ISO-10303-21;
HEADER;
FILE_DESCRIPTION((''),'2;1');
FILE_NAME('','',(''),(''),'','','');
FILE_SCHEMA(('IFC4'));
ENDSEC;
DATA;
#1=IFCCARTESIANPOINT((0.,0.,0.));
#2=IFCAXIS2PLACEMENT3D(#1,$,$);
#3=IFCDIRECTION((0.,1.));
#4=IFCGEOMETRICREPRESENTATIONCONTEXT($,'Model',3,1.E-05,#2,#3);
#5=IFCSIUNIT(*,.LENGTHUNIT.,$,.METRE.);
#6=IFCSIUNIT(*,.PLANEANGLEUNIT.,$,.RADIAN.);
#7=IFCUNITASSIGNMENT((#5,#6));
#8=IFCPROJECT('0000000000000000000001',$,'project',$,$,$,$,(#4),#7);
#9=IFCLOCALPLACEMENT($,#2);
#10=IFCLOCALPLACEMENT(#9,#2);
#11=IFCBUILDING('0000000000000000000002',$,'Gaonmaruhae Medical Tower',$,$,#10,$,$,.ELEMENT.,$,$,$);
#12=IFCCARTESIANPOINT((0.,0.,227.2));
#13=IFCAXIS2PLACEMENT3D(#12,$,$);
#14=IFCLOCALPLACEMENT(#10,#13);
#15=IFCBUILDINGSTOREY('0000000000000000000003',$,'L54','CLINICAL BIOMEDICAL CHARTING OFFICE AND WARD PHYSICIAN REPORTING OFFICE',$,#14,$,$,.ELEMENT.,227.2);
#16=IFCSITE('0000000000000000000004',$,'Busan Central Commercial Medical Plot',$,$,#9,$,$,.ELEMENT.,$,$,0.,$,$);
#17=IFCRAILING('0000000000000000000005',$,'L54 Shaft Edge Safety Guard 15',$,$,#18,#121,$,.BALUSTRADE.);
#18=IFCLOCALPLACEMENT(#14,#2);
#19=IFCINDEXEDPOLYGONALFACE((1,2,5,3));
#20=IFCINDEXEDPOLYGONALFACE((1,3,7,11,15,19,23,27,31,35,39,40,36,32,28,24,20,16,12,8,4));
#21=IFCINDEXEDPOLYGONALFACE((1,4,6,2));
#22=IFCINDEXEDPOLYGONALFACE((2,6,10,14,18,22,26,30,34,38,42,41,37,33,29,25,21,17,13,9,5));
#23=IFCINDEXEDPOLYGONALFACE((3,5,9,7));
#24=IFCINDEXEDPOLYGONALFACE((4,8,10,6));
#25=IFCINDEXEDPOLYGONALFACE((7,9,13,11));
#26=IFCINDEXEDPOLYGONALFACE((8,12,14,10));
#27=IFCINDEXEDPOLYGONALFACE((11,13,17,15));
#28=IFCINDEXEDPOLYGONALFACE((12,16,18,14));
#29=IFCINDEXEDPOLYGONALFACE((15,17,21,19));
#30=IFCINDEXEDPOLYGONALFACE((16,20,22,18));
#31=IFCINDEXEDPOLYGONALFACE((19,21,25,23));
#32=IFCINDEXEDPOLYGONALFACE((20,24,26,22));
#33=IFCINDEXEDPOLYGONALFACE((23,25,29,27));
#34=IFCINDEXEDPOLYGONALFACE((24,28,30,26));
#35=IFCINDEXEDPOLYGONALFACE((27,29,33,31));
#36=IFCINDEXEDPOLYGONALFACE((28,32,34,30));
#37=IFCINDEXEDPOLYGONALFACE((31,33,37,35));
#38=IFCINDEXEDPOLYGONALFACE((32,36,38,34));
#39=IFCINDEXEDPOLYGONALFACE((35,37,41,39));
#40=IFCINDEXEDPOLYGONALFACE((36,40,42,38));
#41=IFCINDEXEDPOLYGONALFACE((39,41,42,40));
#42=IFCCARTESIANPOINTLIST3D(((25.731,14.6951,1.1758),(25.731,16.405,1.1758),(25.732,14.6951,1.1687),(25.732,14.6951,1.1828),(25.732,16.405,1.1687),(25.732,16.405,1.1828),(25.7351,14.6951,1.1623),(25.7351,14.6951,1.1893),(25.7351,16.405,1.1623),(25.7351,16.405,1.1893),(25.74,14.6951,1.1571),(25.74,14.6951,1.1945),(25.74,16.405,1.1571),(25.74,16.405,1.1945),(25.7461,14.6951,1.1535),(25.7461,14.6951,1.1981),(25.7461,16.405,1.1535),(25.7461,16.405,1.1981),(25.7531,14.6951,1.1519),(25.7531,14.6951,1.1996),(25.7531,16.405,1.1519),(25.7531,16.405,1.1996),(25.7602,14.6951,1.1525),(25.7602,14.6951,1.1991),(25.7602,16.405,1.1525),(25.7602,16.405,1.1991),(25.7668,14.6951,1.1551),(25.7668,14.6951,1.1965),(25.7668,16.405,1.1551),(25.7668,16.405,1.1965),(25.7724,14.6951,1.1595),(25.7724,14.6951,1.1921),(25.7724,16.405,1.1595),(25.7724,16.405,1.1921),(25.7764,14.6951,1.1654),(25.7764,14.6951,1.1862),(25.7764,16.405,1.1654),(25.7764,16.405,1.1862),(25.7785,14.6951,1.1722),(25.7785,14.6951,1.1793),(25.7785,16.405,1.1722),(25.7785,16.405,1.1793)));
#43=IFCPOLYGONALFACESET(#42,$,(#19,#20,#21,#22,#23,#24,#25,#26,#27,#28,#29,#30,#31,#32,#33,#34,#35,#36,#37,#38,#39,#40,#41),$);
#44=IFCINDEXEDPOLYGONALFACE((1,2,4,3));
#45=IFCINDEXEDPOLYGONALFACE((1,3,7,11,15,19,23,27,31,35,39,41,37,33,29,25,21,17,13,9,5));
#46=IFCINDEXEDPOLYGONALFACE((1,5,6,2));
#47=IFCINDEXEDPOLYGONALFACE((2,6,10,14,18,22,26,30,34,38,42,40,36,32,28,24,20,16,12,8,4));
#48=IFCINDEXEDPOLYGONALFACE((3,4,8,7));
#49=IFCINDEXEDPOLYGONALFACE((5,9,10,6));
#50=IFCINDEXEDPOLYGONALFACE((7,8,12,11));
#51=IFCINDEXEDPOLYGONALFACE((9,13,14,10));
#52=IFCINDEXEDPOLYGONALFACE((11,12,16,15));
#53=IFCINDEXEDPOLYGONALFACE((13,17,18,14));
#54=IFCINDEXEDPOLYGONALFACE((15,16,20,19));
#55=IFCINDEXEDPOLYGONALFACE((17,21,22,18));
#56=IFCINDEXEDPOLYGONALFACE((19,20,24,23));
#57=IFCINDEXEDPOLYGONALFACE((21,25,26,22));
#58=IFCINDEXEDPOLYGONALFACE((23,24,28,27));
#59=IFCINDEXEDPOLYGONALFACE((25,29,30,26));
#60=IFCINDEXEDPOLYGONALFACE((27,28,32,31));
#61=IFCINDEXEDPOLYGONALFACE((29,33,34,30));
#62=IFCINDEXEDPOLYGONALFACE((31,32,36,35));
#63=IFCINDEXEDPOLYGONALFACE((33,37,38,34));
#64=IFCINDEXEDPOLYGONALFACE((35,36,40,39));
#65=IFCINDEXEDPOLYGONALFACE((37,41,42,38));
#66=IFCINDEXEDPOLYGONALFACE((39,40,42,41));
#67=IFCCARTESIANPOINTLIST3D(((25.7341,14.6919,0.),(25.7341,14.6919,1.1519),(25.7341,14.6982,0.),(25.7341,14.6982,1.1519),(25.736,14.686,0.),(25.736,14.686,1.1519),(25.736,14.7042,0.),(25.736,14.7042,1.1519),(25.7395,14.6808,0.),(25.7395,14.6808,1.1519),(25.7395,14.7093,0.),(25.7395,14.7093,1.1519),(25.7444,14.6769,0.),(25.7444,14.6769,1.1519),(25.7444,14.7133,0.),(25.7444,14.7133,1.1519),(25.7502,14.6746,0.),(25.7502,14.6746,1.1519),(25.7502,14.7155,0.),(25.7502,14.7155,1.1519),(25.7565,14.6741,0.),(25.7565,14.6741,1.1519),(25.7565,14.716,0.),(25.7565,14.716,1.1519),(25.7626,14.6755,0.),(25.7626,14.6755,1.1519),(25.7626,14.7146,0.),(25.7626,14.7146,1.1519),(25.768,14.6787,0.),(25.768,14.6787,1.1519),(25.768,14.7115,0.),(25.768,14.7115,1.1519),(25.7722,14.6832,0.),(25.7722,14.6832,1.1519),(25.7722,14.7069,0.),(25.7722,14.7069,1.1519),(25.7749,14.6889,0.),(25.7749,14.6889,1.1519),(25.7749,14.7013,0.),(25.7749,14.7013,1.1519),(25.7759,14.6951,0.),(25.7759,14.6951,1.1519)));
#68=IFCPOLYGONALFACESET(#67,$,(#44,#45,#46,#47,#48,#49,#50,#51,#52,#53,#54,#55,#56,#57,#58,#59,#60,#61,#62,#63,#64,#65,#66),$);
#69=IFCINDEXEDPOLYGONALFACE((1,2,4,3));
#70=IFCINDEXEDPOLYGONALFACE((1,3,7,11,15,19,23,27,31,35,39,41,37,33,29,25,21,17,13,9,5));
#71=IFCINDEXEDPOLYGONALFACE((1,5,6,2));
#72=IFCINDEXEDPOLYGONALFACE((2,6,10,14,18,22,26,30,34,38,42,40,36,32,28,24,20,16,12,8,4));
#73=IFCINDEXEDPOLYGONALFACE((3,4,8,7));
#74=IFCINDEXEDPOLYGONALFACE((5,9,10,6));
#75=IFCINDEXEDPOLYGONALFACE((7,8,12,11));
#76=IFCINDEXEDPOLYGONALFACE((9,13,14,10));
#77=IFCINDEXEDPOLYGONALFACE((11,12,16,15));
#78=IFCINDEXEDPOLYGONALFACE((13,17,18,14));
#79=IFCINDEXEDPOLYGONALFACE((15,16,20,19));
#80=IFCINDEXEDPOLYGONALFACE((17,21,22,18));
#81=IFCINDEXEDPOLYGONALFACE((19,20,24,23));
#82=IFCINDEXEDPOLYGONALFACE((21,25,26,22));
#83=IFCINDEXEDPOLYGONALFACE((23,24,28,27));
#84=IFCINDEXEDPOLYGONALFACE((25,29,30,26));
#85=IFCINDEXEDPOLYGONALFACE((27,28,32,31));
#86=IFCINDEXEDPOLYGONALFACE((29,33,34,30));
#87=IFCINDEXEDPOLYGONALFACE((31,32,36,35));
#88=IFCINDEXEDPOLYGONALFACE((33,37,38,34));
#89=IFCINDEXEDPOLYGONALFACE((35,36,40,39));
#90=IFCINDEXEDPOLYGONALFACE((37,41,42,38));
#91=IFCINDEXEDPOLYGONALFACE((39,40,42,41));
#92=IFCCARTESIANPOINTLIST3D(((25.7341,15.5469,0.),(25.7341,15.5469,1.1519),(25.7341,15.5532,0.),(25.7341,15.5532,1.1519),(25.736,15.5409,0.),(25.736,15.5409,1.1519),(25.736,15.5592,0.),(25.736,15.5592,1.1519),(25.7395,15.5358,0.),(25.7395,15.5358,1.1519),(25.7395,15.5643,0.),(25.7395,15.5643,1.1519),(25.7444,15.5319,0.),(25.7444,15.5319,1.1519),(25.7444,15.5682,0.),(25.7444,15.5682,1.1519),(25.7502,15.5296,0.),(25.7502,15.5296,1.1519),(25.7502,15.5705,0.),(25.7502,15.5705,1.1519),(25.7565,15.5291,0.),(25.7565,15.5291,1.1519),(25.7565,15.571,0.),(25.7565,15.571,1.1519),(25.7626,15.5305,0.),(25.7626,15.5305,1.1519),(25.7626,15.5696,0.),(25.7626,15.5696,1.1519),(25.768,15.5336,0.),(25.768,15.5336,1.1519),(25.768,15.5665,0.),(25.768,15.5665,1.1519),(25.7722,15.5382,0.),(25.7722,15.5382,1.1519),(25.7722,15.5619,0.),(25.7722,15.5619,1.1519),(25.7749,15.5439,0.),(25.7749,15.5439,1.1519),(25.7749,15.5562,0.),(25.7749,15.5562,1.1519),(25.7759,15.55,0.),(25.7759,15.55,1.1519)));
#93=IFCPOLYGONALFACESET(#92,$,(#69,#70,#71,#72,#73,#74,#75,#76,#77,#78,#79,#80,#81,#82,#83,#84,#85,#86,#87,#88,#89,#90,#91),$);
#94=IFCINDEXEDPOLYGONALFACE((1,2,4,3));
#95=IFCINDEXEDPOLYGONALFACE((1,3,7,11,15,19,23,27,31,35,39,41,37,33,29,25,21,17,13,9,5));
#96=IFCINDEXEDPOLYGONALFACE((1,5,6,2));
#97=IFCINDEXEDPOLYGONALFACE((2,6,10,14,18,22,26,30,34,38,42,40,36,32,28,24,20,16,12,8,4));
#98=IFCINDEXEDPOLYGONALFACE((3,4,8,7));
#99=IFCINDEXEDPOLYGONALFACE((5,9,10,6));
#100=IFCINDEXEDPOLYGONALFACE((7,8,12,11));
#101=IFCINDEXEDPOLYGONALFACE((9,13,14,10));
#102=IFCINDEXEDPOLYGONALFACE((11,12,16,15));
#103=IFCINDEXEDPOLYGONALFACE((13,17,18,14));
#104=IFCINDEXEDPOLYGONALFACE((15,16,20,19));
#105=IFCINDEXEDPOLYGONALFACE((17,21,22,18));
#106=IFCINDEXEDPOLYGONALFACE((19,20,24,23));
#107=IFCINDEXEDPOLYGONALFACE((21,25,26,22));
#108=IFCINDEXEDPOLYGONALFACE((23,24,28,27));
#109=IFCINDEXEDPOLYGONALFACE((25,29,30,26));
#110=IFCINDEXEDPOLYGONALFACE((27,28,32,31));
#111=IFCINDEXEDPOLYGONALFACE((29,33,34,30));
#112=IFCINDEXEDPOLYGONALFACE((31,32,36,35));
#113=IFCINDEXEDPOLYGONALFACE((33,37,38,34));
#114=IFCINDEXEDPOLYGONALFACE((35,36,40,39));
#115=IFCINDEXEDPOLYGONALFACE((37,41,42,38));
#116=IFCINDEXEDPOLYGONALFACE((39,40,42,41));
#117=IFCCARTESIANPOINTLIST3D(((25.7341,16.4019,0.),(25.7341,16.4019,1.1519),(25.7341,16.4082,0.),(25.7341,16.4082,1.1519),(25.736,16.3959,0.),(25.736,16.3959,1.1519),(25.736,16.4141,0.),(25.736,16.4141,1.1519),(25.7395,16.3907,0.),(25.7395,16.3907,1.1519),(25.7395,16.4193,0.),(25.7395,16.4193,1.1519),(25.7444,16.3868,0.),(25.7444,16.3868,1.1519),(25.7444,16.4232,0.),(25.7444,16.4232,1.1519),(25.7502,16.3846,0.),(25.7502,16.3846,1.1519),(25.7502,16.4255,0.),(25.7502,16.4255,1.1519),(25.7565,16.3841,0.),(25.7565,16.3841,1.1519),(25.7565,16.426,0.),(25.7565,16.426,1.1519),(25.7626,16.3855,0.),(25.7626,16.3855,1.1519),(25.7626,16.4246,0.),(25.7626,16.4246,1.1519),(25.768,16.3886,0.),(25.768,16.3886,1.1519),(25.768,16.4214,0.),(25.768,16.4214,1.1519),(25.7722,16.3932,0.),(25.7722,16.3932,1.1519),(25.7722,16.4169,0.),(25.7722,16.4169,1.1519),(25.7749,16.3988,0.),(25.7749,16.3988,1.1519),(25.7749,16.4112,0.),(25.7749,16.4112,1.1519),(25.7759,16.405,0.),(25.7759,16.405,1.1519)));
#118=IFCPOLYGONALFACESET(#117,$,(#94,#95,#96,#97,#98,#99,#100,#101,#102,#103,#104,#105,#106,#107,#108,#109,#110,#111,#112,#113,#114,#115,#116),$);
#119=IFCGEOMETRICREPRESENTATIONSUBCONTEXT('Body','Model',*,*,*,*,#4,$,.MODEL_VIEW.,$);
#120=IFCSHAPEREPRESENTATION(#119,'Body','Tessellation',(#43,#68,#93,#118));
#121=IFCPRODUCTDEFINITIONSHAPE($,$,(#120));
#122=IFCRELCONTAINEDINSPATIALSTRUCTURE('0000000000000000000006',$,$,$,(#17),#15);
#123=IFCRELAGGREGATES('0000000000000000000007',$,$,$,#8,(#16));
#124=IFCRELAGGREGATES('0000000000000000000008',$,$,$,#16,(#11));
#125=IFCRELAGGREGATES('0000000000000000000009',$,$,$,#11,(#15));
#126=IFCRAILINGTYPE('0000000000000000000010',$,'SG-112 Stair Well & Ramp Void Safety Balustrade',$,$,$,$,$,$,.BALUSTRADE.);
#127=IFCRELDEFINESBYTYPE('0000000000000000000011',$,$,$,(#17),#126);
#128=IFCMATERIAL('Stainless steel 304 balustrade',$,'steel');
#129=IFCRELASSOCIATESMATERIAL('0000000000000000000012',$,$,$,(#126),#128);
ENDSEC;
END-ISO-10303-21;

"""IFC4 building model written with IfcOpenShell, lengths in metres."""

from ifc_helpers import new_model, si_unit, direction, frame, origin, origin_2d, place, context, subcontext, project, spatial, circle, extrude, material, type_object, element, save


model = new_model("IFC4")

# Units and contexts
model_context = context("Model", 3, precision=1e-05, world=origin(), true_north=direction((0.0, 1.0)))
body_context = subcontext(model_context, "Body", "Model", "MODEL_VIEW")
ifc_project = project(units=[si_unit("LENGTHUNIT", "METRE"), si_unit("PLANEANGLEUNIT", "RADIAN")], contexts=[model_context])

# Site, building, storey
site_placement = place(None, origin())
site = spatial("IfcSite", under=ifc_project, at=site_placement, Name="Busan Central Commercial Medical Plot", CompositionType="ELEMENT", RefElevation=0.0)
building_placement = place(site_placement, origin())
building = spatial("IfcBuilding", under=site, at=building_placement, Name="Gaonmaruhae Medical Tower", CompositionType="ELEMENT")
storey_placement = place(building_placement, frame((0.0, 0.0, 227.2)))
storey = spatial("IfcBuildingStorey", under=building, at=storey_placement, Name="L54", Description="CLINICAL BIOMEDICAL CHARTING OFFICE AND WARD PHYSICIAN REPORTING OFFICE", CompositionType="ELEMENT", Elevation=227.2)

# Railing
ifc_material_1 = material(Name="Stainless steel 304 balustrade", Category="steel")
railing_type_1 = type_object("IfcRailingType", Name="SG-112 Stair Well & Ramp Void Safety Balustrade", PredefinedType="BALUSTRADE", material=ifc_material_1)
railing_1_placement = place(storey_placement, frame((25.7549, 14.6951, 0.0)))
element("IfcRailing", 1, at=railing_1_placement, inside=storey, type_object=railing_type_1, Name="L54 Shaft Edge Safety Guard 15", PredefinedType="BALUSTRADE", context=body_context, shape_type="SweptSolid", body=[
    extrude(circle(Radius=0.0239, at=origin_2d()), frame((0.0, 0.0, 1.1758), z_axis=(0.0, 1.0, 0.0), x_axis=(-1.0, 0.0, 0.0)), (0.0, 0.0, 1.0), 1.71),
    extrude(circle(Radius=0.021, at=origin_2d()), origin(), (0.0, 0.0, 1.0), 1.1519),
    extrude(circle(Radius=0.021, at=origin_2d()), frame((0.0, 0.855, 0.0)), (0.0, 0.0, 1.0), 1.1519),
    extrude(circle(Radius=0.021, at=origin_2d()), frame((0.0, 1.71, 0.0)), (0.0, 0.0, 1.0), 1.1519),
])

save(model, "model.ifc")
